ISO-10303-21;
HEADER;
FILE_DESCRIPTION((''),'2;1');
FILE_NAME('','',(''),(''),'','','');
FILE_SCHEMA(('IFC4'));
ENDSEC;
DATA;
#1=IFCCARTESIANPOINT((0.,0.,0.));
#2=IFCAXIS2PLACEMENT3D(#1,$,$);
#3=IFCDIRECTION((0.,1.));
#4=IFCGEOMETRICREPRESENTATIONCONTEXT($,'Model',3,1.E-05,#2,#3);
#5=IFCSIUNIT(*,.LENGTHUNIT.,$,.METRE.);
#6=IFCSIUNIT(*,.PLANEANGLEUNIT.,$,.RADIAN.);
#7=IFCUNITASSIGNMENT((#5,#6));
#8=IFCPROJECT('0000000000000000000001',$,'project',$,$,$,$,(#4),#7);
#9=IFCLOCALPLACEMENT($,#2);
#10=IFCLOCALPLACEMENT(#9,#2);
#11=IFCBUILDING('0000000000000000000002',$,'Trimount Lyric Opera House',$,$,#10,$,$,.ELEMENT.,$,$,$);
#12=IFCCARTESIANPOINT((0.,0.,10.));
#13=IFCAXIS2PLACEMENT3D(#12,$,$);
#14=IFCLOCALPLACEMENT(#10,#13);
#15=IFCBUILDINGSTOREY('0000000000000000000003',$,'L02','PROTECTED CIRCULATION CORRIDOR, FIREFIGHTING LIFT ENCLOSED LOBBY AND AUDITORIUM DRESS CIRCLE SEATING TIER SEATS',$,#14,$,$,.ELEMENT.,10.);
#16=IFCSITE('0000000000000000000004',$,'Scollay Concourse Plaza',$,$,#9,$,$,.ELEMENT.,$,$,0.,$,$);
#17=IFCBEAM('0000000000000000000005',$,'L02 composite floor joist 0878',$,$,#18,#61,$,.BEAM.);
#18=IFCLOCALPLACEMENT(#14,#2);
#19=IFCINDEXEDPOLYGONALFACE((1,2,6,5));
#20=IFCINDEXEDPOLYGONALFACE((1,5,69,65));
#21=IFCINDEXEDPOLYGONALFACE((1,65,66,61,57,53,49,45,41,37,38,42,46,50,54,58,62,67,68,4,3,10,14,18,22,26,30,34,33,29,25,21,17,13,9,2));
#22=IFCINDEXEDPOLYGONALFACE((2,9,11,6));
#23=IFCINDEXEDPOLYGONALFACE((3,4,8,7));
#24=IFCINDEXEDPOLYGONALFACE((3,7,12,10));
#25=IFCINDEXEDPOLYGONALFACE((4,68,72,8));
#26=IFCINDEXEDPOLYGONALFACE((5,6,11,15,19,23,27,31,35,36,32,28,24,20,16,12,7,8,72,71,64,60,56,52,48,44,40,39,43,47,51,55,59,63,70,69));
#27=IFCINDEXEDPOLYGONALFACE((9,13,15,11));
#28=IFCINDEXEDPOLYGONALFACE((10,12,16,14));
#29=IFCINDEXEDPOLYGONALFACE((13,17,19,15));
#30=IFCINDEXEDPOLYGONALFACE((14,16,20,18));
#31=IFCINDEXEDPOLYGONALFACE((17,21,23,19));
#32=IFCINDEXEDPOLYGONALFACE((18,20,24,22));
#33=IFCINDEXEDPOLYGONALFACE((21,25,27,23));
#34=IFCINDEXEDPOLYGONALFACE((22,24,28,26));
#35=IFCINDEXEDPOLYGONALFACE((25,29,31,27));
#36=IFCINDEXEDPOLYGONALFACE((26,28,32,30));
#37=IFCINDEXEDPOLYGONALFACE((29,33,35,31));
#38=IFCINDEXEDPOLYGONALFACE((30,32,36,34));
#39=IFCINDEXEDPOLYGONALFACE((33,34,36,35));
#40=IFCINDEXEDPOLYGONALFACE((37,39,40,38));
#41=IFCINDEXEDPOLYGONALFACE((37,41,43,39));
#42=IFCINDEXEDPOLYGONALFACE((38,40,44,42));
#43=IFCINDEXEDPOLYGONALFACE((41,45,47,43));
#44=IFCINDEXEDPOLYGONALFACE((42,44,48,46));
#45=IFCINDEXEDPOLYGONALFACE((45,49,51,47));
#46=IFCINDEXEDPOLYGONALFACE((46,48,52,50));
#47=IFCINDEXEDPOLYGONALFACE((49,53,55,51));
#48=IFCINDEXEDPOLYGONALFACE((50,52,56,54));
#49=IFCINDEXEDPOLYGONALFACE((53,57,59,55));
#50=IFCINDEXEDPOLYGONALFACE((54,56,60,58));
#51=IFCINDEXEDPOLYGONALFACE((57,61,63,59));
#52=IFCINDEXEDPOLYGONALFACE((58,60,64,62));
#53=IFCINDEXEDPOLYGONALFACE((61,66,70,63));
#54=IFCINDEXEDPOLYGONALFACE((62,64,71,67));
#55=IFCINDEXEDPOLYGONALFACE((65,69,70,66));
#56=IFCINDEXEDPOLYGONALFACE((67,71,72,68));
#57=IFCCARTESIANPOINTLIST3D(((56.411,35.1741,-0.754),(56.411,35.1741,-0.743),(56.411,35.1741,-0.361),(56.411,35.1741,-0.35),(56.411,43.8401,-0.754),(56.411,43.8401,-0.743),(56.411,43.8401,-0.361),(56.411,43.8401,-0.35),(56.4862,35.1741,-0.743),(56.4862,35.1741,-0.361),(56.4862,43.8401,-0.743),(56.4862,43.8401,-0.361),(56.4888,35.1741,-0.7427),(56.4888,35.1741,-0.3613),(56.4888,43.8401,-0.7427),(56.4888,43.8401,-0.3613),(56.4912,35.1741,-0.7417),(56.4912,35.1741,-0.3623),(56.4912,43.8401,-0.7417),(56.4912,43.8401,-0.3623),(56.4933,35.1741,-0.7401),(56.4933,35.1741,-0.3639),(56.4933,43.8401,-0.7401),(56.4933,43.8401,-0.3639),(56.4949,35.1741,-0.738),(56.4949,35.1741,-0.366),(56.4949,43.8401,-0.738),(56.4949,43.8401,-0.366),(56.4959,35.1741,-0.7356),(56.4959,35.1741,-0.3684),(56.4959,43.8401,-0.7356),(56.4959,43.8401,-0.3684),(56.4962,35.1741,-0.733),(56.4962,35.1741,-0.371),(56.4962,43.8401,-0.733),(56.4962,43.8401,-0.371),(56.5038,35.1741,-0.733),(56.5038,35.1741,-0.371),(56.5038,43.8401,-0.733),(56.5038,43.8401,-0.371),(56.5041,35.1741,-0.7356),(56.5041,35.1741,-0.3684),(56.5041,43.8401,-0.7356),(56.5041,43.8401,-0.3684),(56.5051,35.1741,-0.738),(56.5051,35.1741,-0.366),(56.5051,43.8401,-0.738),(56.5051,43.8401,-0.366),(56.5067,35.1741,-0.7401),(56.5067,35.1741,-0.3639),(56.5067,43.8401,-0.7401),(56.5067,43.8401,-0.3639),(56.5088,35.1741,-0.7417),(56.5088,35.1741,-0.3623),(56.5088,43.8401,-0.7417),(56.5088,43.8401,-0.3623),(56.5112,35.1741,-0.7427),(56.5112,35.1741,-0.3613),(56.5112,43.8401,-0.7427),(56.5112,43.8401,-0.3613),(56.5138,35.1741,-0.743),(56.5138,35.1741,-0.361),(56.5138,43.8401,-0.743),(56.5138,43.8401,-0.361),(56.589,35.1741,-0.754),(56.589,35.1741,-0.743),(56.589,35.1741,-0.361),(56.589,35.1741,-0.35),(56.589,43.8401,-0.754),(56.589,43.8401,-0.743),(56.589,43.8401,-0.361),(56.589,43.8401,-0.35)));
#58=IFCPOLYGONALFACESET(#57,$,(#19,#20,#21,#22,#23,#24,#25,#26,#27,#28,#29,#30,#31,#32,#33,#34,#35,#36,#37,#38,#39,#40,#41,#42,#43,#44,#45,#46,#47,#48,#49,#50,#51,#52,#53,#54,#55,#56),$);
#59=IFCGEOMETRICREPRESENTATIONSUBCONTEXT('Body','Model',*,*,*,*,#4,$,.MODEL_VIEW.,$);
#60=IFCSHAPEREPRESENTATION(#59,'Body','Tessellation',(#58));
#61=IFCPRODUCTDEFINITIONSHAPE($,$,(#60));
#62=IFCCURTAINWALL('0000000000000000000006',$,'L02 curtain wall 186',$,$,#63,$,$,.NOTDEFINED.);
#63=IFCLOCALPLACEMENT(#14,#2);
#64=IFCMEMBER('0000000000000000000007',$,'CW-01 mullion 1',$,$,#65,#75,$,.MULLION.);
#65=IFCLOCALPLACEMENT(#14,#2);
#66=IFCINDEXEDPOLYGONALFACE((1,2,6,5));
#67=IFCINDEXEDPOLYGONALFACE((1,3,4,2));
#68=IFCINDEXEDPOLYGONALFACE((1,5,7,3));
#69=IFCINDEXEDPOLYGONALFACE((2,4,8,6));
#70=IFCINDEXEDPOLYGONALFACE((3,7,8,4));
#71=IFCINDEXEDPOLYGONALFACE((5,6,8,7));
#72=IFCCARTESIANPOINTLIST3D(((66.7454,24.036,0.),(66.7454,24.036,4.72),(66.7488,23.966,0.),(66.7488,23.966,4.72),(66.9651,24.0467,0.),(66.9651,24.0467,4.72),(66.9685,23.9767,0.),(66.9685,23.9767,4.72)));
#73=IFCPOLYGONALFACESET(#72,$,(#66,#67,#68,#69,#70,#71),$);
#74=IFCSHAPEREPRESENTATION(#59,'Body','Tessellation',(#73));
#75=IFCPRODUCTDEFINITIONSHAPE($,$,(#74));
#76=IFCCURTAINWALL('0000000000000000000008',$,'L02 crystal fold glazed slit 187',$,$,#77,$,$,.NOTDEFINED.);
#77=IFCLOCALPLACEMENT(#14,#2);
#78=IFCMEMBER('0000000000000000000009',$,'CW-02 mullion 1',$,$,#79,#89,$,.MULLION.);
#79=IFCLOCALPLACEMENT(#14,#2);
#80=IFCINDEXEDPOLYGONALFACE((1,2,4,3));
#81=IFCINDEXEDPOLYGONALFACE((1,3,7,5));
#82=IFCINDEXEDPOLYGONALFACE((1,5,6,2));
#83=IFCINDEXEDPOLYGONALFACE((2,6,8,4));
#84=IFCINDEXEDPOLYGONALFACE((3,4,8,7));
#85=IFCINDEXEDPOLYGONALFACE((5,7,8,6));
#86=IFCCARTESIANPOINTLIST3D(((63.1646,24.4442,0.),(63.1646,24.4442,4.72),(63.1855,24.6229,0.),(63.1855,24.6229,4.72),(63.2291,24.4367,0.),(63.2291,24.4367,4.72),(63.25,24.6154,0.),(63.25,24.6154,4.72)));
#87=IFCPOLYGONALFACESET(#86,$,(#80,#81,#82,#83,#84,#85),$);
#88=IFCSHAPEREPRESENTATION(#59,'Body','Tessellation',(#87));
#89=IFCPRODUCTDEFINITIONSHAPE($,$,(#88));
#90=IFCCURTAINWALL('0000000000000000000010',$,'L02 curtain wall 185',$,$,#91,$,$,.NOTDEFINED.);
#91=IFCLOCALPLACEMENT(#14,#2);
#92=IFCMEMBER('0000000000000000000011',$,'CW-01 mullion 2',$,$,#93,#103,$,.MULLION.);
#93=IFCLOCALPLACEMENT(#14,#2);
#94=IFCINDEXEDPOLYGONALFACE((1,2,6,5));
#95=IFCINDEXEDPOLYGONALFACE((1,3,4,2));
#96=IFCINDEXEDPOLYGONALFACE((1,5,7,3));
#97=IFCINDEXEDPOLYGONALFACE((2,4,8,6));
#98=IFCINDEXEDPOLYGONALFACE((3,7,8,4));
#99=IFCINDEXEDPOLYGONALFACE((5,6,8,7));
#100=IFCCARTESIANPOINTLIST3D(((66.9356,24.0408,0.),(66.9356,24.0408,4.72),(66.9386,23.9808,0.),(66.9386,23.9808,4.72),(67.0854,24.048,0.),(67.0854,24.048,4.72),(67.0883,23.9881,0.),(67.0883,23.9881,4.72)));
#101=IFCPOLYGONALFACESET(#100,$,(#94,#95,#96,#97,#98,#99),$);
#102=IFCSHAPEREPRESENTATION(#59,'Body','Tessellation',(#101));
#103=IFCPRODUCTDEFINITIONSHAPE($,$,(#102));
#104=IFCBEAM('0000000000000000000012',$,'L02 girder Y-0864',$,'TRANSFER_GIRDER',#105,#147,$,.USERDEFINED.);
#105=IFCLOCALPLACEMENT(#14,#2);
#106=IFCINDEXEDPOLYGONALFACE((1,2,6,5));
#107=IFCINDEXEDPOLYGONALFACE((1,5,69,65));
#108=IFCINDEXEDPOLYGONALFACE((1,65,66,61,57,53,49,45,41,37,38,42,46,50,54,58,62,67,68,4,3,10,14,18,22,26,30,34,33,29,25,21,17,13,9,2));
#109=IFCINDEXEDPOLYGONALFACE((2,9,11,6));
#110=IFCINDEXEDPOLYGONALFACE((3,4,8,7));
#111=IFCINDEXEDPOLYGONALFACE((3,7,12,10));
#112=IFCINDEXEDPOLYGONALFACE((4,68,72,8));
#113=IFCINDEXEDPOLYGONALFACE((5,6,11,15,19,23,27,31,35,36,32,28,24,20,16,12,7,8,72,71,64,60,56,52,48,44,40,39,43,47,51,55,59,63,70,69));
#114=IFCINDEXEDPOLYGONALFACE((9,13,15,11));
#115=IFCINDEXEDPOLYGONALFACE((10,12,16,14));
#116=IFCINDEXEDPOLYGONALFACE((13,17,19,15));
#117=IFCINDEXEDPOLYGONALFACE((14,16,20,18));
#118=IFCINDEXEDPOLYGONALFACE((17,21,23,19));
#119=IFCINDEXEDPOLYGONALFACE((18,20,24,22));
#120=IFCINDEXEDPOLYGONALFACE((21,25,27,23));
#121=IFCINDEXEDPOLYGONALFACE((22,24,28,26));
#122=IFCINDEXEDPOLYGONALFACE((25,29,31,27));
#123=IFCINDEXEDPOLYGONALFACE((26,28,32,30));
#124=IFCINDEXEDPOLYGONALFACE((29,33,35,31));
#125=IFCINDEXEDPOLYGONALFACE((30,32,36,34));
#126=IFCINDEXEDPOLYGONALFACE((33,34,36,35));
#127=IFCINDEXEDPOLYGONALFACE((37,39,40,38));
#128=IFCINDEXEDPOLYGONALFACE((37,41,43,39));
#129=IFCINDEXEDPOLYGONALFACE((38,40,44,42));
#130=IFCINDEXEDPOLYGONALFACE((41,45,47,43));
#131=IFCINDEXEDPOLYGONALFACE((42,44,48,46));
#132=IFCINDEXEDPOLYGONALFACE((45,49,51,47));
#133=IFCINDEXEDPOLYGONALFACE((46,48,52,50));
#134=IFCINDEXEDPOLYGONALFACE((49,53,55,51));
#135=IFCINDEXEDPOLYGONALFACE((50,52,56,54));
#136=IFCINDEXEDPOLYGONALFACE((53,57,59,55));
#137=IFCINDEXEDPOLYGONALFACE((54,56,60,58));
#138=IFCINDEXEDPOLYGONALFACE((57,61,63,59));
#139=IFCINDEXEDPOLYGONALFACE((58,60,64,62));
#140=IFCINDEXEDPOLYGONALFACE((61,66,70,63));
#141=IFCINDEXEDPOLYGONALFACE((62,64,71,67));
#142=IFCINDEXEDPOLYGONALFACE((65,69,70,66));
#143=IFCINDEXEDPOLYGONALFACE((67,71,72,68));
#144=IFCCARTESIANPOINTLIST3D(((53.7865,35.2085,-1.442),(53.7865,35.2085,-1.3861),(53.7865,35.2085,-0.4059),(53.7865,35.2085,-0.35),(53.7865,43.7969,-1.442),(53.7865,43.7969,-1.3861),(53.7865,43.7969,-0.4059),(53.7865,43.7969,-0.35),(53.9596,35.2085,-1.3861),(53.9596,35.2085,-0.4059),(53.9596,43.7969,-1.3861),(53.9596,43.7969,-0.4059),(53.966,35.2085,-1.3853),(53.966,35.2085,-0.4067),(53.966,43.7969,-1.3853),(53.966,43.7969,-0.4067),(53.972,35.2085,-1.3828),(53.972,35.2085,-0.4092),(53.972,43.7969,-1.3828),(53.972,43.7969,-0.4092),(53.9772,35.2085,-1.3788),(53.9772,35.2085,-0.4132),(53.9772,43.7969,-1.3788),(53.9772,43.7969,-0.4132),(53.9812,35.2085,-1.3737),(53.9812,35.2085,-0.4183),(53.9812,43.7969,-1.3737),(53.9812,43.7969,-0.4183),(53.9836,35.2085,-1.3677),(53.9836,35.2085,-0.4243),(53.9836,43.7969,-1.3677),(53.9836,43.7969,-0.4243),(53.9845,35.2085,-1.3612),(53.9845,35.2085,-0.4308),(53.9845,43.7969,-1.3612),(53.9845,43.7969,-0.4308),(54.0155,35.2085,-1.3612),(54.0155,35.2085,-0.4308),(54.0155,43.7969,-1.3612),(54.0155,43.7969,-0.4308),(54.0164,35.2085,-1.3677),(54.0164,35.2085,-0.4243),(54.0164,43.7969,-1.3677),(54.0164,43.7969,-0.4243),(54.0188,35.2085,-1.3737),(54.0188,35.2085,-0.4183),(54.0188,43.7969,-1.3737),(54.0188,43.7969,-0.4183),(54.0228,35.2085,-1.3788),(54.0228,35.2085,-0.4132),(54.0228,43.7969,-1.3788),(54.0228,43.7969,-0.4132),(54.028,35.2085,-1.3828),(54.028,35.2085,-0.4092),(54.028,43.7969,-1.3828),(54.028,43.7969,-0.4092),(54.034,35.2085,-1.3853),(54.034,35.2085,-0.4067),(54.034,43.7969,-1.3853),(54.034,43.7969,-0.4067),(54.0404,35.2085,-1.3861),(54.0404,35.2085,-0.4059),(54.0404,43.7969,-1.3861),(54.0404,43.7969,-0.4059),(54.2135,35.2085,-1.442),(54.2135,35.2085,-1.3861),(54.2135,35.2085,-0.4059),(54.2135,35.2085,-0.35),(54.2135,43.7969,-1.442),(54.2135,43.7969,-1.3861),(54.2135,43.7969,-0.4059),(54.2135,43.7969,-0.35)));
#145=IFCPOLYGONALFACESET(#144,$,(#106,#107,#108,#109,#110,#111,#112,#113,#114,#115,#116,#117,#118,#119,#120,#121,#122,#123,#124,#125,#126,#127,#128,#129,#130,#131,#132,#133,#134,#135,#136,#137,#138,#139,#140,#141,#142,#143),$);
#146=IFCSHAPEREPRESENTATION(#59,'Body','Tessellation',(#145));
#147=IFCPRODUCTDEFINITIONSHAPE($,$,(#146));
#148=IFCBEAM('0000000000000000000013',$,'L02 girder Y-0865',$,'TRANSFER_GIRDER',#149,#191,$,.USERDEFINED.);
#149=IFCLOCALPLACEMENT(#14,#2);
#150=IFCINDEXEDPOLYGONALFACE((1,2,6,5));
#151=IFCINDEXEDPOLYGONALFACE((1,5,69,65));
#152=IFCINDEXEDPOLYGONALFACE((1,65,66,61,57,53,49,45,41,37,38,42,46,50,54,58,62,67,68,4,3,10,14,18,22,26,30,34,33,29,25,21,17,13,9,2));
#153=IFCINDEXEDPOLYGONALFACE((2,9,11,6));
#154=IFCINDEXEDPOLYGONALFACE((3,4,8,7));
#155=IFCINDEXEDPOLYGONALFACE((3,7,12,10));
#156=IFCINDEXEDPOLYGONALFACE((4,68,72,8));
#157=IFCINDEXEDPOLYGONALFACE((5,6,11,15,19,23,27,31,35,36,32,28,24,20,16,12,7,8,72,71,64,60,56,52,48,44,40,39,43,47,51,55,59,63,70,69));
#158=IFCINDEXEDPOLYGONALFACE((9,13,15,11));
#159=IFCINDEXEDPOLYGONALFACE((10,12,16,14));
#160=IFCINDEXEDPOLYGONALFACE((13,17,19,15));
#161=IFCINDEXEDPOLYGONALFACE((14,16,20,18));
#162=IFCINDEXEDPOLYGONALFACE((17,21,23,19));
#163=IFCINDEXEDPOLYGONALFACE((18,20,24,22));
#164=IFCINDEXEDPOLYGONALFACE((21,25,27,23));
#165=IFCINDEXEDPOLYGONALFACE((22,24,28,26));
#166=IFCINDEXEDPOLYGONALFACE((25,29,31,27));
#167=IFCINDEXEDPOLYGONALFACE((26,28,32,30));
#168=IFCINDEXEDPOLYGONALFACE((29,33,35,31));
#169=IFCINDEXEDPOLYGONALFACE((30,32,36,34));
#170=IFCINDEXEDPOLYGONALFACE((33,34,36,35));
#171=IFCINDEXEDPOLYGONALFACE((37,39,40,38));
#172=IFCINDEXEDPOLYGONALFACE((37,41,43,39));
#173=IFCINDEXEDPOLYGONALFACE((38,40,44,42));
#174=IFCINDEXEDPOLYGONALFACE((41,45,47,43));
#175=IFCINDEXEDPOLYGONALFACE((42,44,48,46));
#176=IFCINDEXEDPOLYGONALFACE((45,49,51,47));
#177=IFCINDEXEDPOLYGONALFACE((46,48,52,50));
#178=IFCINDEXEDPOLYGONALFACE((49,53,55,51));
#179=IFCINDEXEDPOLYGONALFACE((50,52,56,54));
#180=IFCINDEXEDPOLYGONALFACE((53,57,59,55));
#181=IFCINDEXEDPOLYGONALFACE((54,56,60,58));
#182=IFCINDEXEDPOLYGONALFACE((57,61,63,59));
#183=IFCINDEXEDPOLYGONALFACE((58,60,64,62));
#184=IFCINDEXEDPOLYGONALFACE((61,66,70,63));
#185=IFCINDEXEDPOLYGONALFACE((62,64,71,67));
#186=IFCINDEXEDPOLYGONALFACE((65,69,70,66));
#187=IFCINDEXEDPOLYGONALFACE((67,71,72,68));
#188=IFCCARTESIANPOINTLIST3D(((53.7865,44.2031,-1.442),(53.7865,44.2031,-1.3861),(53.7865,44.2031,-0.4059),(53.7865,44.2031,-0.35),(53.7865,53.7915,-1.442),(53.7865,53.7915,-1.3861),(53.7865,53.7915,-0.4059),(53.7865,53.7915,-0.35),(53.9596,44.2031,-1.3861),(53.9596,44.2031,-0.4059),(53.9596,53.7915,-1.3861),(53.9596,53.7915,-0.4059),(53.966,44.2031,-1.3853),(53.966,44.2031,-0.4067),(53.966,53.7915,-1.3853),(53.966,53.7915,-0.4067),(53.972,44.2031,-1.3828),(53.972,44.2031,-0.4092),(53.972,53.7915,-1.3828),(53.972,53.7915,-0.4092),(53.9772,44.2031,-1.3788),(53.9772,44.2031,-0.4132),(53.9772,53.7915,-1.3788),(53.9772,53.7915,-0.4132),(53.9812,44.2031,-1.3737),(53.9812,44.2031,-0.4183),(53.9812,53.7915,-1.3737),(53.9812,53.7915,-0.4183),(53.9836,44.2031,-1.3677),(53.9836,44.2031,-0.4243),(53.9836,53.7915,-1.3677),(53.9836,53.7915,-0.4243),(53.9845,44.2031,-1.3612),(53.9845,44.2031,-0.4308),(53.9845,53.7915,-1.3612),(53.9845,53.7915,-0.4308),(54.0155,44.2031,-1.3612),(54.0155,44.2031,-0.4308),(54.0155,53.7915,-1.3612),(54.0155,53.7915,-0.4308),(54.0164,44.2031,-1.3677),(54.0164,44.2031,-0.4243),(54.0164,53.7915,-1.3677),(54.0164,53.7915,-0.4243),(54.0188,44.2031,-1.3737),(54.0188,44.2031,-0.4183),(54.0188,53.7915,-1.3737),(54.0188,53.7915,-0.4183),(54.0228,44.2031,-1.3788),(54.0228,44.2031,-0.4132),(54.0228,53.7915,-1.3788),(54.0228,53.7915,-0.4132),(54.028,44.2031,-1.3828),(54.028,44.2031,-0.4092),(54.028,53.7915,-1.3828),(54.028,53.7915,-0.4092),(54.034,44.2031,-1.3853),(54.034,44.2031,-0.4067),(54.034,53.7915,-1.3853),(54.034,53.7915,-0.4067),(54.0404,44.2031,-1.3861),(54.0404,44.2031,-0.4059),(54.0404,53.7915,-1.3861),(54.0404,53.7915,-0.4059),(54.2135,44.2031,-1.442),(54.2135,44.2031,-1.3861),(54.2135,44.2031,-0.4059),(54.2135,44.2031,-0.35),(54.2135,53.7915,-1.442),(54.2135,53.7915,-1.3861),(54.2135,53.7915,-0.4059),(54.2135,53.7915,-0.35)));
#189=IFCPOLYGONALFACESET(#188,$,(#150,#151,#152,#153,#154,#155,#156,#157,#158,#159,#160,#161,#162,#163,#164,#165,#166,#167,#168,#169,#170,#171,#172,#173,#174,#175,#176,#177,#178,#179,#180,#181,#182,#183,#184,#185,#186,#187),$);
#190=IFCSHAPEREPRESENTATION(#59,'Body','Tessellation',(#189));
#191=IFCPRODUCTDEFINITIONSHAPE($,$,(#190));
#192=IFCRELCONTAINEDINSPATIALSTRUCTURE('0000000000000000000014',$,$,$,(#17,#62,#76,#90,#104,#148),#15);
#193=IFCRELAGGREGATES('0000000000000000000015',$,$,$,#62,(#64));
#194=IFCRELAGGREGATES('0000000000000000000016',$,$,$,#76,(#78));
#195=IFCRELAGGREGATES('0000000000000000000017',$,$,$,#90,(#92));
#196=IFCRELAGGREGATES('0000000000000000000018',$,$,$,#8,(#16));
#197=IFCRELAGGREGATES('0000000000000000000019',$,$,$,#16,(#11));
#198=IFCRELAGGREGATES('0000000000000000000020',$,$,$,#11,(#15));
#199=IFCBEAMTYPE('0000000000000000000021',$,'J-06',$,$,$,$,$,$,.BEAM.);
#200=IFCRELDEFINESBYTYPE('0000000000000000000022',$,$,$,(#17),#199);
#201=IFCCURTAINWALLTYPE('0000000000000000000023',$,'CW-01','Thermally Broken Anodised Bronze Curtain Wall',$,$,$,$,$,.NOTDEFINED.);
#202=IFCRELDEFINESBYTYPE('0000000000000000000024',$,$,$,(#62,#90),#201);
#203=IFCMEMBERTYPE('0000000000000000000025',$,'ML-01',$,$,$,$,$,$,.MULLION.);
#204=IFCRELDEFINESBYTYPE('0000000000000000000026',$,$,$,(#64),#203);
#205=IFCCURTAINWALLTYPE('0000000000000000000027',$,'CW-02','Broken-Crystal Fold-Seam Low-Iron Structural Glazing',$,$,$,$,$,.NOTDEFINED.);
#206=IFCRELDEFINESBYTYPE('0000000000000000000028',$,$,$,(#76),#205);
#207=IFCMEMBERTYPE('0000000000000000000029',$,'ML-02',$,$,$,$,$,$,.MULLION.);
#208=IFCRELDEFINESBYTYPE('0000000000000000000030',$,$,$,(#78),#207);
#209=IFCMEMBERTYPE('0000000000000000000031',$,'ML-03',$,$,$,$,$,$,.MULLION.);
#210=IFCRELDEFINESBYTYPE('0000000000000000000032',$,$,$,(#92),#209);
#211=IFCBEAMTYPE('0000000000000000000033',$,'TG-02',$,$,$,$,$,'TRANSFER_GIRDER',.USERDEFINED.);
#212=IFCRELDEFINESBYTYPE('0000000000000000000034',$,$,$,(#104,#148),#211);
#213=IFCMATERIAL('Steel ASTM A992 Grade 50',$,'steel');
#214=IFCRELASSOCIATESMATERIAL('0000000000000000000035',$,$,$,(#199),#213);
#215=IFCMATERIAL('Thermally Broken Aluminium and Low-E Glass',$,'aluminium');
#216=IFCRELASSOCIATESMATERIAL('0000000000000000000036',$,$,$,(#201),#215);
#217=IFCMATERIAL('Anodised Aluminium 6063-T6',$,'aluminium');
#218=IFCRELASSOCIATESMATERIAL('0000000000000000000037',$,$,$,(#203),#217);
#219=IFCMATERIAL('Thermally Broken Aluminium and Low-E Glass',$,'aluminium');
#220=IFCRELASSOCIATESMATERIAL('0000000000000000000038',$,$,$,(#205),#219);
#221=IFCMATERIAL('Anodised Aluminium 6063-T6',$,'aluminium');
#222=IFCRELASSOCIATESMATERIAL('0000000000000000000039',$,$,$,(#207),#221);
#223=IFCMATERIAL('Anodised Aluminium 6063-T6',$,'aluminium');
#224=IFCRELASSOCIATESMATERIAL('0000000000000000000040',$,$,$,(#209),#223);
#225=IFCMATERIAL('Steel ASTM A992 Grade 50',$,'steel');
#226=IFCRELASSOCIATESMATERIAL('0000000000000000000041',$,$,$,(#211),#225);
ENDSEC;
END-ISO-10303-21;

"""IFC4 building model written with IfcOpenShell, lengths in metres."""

from ifc_helpers import new_model, si_unit, direction, frame, origin, origin_2d, place, context, subcontext, project, spatial, rectangle, i_section, extrude, material, material_profile, profile_set, type_object, element, aggregate, save


model = new_model("IFC4")

# Units and contexts
model_context = context("Model", 3, precision=1e-05, world=origin(), true_north=direction((0.0, 1.0)))
body_context = subcontext(model_context, "Body", "Model", "MODEL_VIEW")
ifc_project = project(units=[si_unit("LENGTHUNIT", "METRE"), si_unit("PLANEANGLEUNIT", "RADIAN")], contexts=[model_context])

# Site, building, storey
site_placement = place(None, origin())
site = spatial("IfcSite", under=ifc_project, at=site_placement, Name="Scollay Concourse Plaza", CompositionType="ELEMENT", RefElevation=0.0)
building_placement = place(site_placement, origin())
building = spatial("IfcBuilding", under=site, at=building_placement, Name="Trimount Lyric Opera House", CompositionType="ELEMENT")
storey_placement = place(building_placement, frame((0.0, 0.0, 10.0)))
storey = spatial("IfcBuildingStorey", under=building, at=storey_placement, Name="L02", Description="PROTECTED CIRCULATION CORRIDOR, FIREFIGHTING LIFT ENCLOSED LOBBY AND AUDITORIUM DRESS CIRCLE SEATING TIER SEATS", CompositionType="ELEMENT", Elevation=10.0)

# Beam
ifc_material_1 = material(Name="Steel ASTM A992 Grade 50", Category="steel")
ifc_material_profile_1 = material_profile(ifc_material_1, i_section(OverallWidth=0.178, OverallDepth=0.4041, WebThickness=0.0076, FlangeThickness=0.011, FilletRadius=0.01, at=origin_2d()), Name="W16X36")
ifc_profile_set_1 = profile_set([ifc_material_profile_1], Name="Steel ASTM A992 Grade 50")
beam_type_1 = type_object("IfcBeamType", Name="J-06", PredefinedType="BEAM", material=ifc_profile_set_1)
beam_1_placement = place(storey_placement, frame((56.5, 35.1741, -0.552), z_axis=(0.0, 1.0, 0.0), x_axis=(-1.0, 0.0, 0.0)))
element("IfcBeam", 1, at=beam_1_placement, inside=storey, type_object=beam_type_1, Name="L02 composite floor joist 0878", PredefinedType="BEAM", context=body_context, shape_type="SweptSolid", body=[
    extrude(i_section(OverallWidth=0.178, OverallDepth=0.4041, WebThickness=0.0076, FlangeThickness=0.011, FilletRadius=0.01, at=origin_2d()), origin(), (0.0, 0.0, 1.0), 8.666),
])

# Curtain walls, members
ifc_material_2 = material(Name="Thermally Broken Aluminium and Low-E Glass", Category="aluminium")
curtain_wall_type_1 = type_object("IfcCurtainWallType", Name="CW-01", Description="Thermally Broken Anodised Bronze Curtain Wall", PredefinedType="NOTDEFINED", material=ifc_material_2)
curtain_wall_1_placement = place(storey_placement, origin())
curtain_wall_1 = element("IfcCurtainWall", 2, at=curtain_wall_1_placement, inside=storey, type_object=curtain_wall_type_1, Name="L02 curtain wall 186", PredefinedType="NOTDEFINED")
ifc_material_3 = material(Name="Anodised Aluminium 6063-T6", Category="aluminium")
ifc_material_profile_2 = material_profile(ifc_material_3, rectangle(XDim=0.0701, YDim=0.22, at=origin_2d()), Name="ALU-MULL-70X220")
ifc_profile_set_2 = profile_set([ifc_material_profile_2], Name="Anodised Aluminium 6063-T6")
member_type_1 = type_object("IfcMemberType", Name="ML-01", PredefinedType="MULLION", material=ifc_profile_set_2)
member_1_placement = place(storey_placement, frame((66.8569, 24.0063, 0.0), z_axis=(0.0, 0.0, 1.0), x_axis=(0.04856, -0.99882, 0.0)))
member_1 = element("IfcMember", 3, at=member_1_placement, type_object=member_type_1, Name="CW-01 mullion 1", PredefinedType="MULLION", context=body_context, shape_type="SweptSolid", body=[
    extrude(rectangle(XDim=0.0701, YDim=0.22, at=origin_2d()), origin(), (0.0, 0.0, 1.0), 4.72),
])
ifc_material_4 = material(Name="Thermally Broken Aluminium and Low-E Glass", Category="aluminium")
curtain_wall_type_2 = type_object("IfcCurtainWallType", Name="CW-02", Description="Broken-Crystal Fold-Seam Low-Iron Structural Glazing", PredefinedType="NOTDEFINED", material=ifc_material_4)
curtain_wall_2_placement = place(storey_placement, origin())
curtain_wall_2 = element("IfcCurtainWall", 4, at=curtain_wall_2_placement, inside=storey, type_object=curtain_wall_type_2, Name="L02 crystal fold glazed slit 187", PredefinedType="NOTDEFINED")
ifc_material_5 = material(Name="Anodised Aluminium 6063-T6", Category="aluminium")
ifc_material_profile_3 = material_profile(ifc_material_5, rectangle(XDim=0.0649, YDim=0.1799, at=origin_2d()), Name="ALU-MULL-65X180")
ifc_profile_set_3 = profile_set([ifc_material_profile_3], Name="Anodised Aluminium 6063-T6")
member_type_2 = type_object("IfcMemberType", Name="ML-02", PredefinedType="MULLION", material=ifc_profile_set_3)
member_2_placement = place(storey_placement, frame((63.2073, 24.5298, 0.0), z_axis=(0.0, 0.0, 1.0), x_axis=(0.993239, -0.11609, 0.0)))
member_2 = element("IfcMember", 5, at=member_2_placement, type_object=member_type_2, Name="CW-02 mullion 1", PredefinedType="MULLION", context=body_context, shape_type="SweptSolid", body=[
    extrude(rectangle(XDim=0.0649, YDim=0.1799, at=origin_2d()), origin(), (0.0, 0.0, 1.0), 4.72),
])
curtain_wall_3_placement = place(storey_placement, origin())
curtain_wall_3 = element("IfcCurtainWall", 6, at=curtain_wall_3_placement, inside=storey, type_object=curtain_wall_type_1, Name="L02 curtain wall 185", PredefinedType="NOTDEFINED")
ifc_material_6 = material(Name="Anodised Aluminium 6063-T6", Category="aluminium")
ifc_material_profile_4 = material_profile(ifc_material_6, rectangle(XDim=0.0601, YDim=0.1499, at=origin_2d()), Name="ALU-MULL-60X150")
ifc_profile_set_4 = profile_set([ifc_material_profile_4], Name="Anodised Aluminium 6063-T6")
member_type_3 = type_object("IfcMemberType", Name="ML-03", PredefinedType="MULLION", material=ifc_profile_set_4)
member_3_placement = place(storey_placement, frame((67.012, 24.0144, 0.0), z_axis=(0.0, 0.0, 1.0), x_axis=(0.048573, -0.99882, 0.0)))
member_3 = element("IfcMember", 7, at=member_3_placement, type_object=member_type_3, Name="CW-01 mullion 2", PredefinedType="MULLION", context=body_context, shape_type="SweptSolid", body=[
    extrude(rectangle(XDim=0.0601, YDim=0.1499, at=origin_2d()), origin(), (0.0, 0.0, 1.0), 4.72),
])

# Beams
ifc_material_7 = material(Name="Steel ASTM A992 Grade 50", Category="steel")
ifc_material_profile_5 = material_profile(ifc_material_7, i_section(OverallWidth=0.427, OverallDepth=1.092, WebThickness=0.031, FlangeThickness=0.0559, FilletRadius=0.0249, at=origin_2d()), Name="W40X397")
ifc_profile_set_5 = profile_set([ifc_material_profile_5], Name="Steel ASTM A992 Grade 50")
beam_type_2 = type_object("IfcBeamType", Name="TG-02", ElementType="TRANSFER_GIRDER", PredefinedType="USERDEFINED", material=ifc_profile_set_5)
beam_2_placement = place(storey_placement, frame((54.0, 35.2085, -0.896), z_axis=(0.0, 1.0, 0.0), x_axis=(-1.0, 0.0, 0.0)))
element("IfcBeam", 8, at=beam_2_placement, inside=storey, type_object=beam_type_2, Name="L02 girder Y-0864", ObjectType="TRANSFER_GIRDER", PredefinedType="USERDEFINED", context=body_context, shape_type="SweptSolid", body=[
    extrude(i_section(OverallWidth=0.427, OverallDepth=1.092, WebThickness=0.031, FlangeThickness=0.0559, FilletRadius=0.0249, at=origin_2d()), origin(), (0.0, 0.0, 1.0), 8.5884),
])
beam_3_placement = place(storey_placement, frame((54.0, 44.2031, -0.896), z_axis=(0.0, 1.0, 0.0), x_axis=(-1.0, 0.0, 0.0)))
element("IfcBeam", 9, at=beam_3_placement, inside=storey, type_object=beam_type_2, Name="L02 girder Y-0865", ObjectType="TRANSFER_GIRDER", PredefinedType="USERDEFINED", context=body_context, shape_type="SweptSolid", body=[
    extrude(i_section(OverallWidth=0.427, OverallDepth=1.092, WebThickness=0.031, FlangeThickness=0.0559, FilletRadius=0.0249, at=origin_2d()), origin(), (0.0, 0.0, 1.0), 9.5884),
])

aggregate(curtain_wall_1, [member_1])
aggregate(curtain_wall_2, [member_2])

aggregate(curtain_wall_3, [member_3])

save(model, "model.ifc")
